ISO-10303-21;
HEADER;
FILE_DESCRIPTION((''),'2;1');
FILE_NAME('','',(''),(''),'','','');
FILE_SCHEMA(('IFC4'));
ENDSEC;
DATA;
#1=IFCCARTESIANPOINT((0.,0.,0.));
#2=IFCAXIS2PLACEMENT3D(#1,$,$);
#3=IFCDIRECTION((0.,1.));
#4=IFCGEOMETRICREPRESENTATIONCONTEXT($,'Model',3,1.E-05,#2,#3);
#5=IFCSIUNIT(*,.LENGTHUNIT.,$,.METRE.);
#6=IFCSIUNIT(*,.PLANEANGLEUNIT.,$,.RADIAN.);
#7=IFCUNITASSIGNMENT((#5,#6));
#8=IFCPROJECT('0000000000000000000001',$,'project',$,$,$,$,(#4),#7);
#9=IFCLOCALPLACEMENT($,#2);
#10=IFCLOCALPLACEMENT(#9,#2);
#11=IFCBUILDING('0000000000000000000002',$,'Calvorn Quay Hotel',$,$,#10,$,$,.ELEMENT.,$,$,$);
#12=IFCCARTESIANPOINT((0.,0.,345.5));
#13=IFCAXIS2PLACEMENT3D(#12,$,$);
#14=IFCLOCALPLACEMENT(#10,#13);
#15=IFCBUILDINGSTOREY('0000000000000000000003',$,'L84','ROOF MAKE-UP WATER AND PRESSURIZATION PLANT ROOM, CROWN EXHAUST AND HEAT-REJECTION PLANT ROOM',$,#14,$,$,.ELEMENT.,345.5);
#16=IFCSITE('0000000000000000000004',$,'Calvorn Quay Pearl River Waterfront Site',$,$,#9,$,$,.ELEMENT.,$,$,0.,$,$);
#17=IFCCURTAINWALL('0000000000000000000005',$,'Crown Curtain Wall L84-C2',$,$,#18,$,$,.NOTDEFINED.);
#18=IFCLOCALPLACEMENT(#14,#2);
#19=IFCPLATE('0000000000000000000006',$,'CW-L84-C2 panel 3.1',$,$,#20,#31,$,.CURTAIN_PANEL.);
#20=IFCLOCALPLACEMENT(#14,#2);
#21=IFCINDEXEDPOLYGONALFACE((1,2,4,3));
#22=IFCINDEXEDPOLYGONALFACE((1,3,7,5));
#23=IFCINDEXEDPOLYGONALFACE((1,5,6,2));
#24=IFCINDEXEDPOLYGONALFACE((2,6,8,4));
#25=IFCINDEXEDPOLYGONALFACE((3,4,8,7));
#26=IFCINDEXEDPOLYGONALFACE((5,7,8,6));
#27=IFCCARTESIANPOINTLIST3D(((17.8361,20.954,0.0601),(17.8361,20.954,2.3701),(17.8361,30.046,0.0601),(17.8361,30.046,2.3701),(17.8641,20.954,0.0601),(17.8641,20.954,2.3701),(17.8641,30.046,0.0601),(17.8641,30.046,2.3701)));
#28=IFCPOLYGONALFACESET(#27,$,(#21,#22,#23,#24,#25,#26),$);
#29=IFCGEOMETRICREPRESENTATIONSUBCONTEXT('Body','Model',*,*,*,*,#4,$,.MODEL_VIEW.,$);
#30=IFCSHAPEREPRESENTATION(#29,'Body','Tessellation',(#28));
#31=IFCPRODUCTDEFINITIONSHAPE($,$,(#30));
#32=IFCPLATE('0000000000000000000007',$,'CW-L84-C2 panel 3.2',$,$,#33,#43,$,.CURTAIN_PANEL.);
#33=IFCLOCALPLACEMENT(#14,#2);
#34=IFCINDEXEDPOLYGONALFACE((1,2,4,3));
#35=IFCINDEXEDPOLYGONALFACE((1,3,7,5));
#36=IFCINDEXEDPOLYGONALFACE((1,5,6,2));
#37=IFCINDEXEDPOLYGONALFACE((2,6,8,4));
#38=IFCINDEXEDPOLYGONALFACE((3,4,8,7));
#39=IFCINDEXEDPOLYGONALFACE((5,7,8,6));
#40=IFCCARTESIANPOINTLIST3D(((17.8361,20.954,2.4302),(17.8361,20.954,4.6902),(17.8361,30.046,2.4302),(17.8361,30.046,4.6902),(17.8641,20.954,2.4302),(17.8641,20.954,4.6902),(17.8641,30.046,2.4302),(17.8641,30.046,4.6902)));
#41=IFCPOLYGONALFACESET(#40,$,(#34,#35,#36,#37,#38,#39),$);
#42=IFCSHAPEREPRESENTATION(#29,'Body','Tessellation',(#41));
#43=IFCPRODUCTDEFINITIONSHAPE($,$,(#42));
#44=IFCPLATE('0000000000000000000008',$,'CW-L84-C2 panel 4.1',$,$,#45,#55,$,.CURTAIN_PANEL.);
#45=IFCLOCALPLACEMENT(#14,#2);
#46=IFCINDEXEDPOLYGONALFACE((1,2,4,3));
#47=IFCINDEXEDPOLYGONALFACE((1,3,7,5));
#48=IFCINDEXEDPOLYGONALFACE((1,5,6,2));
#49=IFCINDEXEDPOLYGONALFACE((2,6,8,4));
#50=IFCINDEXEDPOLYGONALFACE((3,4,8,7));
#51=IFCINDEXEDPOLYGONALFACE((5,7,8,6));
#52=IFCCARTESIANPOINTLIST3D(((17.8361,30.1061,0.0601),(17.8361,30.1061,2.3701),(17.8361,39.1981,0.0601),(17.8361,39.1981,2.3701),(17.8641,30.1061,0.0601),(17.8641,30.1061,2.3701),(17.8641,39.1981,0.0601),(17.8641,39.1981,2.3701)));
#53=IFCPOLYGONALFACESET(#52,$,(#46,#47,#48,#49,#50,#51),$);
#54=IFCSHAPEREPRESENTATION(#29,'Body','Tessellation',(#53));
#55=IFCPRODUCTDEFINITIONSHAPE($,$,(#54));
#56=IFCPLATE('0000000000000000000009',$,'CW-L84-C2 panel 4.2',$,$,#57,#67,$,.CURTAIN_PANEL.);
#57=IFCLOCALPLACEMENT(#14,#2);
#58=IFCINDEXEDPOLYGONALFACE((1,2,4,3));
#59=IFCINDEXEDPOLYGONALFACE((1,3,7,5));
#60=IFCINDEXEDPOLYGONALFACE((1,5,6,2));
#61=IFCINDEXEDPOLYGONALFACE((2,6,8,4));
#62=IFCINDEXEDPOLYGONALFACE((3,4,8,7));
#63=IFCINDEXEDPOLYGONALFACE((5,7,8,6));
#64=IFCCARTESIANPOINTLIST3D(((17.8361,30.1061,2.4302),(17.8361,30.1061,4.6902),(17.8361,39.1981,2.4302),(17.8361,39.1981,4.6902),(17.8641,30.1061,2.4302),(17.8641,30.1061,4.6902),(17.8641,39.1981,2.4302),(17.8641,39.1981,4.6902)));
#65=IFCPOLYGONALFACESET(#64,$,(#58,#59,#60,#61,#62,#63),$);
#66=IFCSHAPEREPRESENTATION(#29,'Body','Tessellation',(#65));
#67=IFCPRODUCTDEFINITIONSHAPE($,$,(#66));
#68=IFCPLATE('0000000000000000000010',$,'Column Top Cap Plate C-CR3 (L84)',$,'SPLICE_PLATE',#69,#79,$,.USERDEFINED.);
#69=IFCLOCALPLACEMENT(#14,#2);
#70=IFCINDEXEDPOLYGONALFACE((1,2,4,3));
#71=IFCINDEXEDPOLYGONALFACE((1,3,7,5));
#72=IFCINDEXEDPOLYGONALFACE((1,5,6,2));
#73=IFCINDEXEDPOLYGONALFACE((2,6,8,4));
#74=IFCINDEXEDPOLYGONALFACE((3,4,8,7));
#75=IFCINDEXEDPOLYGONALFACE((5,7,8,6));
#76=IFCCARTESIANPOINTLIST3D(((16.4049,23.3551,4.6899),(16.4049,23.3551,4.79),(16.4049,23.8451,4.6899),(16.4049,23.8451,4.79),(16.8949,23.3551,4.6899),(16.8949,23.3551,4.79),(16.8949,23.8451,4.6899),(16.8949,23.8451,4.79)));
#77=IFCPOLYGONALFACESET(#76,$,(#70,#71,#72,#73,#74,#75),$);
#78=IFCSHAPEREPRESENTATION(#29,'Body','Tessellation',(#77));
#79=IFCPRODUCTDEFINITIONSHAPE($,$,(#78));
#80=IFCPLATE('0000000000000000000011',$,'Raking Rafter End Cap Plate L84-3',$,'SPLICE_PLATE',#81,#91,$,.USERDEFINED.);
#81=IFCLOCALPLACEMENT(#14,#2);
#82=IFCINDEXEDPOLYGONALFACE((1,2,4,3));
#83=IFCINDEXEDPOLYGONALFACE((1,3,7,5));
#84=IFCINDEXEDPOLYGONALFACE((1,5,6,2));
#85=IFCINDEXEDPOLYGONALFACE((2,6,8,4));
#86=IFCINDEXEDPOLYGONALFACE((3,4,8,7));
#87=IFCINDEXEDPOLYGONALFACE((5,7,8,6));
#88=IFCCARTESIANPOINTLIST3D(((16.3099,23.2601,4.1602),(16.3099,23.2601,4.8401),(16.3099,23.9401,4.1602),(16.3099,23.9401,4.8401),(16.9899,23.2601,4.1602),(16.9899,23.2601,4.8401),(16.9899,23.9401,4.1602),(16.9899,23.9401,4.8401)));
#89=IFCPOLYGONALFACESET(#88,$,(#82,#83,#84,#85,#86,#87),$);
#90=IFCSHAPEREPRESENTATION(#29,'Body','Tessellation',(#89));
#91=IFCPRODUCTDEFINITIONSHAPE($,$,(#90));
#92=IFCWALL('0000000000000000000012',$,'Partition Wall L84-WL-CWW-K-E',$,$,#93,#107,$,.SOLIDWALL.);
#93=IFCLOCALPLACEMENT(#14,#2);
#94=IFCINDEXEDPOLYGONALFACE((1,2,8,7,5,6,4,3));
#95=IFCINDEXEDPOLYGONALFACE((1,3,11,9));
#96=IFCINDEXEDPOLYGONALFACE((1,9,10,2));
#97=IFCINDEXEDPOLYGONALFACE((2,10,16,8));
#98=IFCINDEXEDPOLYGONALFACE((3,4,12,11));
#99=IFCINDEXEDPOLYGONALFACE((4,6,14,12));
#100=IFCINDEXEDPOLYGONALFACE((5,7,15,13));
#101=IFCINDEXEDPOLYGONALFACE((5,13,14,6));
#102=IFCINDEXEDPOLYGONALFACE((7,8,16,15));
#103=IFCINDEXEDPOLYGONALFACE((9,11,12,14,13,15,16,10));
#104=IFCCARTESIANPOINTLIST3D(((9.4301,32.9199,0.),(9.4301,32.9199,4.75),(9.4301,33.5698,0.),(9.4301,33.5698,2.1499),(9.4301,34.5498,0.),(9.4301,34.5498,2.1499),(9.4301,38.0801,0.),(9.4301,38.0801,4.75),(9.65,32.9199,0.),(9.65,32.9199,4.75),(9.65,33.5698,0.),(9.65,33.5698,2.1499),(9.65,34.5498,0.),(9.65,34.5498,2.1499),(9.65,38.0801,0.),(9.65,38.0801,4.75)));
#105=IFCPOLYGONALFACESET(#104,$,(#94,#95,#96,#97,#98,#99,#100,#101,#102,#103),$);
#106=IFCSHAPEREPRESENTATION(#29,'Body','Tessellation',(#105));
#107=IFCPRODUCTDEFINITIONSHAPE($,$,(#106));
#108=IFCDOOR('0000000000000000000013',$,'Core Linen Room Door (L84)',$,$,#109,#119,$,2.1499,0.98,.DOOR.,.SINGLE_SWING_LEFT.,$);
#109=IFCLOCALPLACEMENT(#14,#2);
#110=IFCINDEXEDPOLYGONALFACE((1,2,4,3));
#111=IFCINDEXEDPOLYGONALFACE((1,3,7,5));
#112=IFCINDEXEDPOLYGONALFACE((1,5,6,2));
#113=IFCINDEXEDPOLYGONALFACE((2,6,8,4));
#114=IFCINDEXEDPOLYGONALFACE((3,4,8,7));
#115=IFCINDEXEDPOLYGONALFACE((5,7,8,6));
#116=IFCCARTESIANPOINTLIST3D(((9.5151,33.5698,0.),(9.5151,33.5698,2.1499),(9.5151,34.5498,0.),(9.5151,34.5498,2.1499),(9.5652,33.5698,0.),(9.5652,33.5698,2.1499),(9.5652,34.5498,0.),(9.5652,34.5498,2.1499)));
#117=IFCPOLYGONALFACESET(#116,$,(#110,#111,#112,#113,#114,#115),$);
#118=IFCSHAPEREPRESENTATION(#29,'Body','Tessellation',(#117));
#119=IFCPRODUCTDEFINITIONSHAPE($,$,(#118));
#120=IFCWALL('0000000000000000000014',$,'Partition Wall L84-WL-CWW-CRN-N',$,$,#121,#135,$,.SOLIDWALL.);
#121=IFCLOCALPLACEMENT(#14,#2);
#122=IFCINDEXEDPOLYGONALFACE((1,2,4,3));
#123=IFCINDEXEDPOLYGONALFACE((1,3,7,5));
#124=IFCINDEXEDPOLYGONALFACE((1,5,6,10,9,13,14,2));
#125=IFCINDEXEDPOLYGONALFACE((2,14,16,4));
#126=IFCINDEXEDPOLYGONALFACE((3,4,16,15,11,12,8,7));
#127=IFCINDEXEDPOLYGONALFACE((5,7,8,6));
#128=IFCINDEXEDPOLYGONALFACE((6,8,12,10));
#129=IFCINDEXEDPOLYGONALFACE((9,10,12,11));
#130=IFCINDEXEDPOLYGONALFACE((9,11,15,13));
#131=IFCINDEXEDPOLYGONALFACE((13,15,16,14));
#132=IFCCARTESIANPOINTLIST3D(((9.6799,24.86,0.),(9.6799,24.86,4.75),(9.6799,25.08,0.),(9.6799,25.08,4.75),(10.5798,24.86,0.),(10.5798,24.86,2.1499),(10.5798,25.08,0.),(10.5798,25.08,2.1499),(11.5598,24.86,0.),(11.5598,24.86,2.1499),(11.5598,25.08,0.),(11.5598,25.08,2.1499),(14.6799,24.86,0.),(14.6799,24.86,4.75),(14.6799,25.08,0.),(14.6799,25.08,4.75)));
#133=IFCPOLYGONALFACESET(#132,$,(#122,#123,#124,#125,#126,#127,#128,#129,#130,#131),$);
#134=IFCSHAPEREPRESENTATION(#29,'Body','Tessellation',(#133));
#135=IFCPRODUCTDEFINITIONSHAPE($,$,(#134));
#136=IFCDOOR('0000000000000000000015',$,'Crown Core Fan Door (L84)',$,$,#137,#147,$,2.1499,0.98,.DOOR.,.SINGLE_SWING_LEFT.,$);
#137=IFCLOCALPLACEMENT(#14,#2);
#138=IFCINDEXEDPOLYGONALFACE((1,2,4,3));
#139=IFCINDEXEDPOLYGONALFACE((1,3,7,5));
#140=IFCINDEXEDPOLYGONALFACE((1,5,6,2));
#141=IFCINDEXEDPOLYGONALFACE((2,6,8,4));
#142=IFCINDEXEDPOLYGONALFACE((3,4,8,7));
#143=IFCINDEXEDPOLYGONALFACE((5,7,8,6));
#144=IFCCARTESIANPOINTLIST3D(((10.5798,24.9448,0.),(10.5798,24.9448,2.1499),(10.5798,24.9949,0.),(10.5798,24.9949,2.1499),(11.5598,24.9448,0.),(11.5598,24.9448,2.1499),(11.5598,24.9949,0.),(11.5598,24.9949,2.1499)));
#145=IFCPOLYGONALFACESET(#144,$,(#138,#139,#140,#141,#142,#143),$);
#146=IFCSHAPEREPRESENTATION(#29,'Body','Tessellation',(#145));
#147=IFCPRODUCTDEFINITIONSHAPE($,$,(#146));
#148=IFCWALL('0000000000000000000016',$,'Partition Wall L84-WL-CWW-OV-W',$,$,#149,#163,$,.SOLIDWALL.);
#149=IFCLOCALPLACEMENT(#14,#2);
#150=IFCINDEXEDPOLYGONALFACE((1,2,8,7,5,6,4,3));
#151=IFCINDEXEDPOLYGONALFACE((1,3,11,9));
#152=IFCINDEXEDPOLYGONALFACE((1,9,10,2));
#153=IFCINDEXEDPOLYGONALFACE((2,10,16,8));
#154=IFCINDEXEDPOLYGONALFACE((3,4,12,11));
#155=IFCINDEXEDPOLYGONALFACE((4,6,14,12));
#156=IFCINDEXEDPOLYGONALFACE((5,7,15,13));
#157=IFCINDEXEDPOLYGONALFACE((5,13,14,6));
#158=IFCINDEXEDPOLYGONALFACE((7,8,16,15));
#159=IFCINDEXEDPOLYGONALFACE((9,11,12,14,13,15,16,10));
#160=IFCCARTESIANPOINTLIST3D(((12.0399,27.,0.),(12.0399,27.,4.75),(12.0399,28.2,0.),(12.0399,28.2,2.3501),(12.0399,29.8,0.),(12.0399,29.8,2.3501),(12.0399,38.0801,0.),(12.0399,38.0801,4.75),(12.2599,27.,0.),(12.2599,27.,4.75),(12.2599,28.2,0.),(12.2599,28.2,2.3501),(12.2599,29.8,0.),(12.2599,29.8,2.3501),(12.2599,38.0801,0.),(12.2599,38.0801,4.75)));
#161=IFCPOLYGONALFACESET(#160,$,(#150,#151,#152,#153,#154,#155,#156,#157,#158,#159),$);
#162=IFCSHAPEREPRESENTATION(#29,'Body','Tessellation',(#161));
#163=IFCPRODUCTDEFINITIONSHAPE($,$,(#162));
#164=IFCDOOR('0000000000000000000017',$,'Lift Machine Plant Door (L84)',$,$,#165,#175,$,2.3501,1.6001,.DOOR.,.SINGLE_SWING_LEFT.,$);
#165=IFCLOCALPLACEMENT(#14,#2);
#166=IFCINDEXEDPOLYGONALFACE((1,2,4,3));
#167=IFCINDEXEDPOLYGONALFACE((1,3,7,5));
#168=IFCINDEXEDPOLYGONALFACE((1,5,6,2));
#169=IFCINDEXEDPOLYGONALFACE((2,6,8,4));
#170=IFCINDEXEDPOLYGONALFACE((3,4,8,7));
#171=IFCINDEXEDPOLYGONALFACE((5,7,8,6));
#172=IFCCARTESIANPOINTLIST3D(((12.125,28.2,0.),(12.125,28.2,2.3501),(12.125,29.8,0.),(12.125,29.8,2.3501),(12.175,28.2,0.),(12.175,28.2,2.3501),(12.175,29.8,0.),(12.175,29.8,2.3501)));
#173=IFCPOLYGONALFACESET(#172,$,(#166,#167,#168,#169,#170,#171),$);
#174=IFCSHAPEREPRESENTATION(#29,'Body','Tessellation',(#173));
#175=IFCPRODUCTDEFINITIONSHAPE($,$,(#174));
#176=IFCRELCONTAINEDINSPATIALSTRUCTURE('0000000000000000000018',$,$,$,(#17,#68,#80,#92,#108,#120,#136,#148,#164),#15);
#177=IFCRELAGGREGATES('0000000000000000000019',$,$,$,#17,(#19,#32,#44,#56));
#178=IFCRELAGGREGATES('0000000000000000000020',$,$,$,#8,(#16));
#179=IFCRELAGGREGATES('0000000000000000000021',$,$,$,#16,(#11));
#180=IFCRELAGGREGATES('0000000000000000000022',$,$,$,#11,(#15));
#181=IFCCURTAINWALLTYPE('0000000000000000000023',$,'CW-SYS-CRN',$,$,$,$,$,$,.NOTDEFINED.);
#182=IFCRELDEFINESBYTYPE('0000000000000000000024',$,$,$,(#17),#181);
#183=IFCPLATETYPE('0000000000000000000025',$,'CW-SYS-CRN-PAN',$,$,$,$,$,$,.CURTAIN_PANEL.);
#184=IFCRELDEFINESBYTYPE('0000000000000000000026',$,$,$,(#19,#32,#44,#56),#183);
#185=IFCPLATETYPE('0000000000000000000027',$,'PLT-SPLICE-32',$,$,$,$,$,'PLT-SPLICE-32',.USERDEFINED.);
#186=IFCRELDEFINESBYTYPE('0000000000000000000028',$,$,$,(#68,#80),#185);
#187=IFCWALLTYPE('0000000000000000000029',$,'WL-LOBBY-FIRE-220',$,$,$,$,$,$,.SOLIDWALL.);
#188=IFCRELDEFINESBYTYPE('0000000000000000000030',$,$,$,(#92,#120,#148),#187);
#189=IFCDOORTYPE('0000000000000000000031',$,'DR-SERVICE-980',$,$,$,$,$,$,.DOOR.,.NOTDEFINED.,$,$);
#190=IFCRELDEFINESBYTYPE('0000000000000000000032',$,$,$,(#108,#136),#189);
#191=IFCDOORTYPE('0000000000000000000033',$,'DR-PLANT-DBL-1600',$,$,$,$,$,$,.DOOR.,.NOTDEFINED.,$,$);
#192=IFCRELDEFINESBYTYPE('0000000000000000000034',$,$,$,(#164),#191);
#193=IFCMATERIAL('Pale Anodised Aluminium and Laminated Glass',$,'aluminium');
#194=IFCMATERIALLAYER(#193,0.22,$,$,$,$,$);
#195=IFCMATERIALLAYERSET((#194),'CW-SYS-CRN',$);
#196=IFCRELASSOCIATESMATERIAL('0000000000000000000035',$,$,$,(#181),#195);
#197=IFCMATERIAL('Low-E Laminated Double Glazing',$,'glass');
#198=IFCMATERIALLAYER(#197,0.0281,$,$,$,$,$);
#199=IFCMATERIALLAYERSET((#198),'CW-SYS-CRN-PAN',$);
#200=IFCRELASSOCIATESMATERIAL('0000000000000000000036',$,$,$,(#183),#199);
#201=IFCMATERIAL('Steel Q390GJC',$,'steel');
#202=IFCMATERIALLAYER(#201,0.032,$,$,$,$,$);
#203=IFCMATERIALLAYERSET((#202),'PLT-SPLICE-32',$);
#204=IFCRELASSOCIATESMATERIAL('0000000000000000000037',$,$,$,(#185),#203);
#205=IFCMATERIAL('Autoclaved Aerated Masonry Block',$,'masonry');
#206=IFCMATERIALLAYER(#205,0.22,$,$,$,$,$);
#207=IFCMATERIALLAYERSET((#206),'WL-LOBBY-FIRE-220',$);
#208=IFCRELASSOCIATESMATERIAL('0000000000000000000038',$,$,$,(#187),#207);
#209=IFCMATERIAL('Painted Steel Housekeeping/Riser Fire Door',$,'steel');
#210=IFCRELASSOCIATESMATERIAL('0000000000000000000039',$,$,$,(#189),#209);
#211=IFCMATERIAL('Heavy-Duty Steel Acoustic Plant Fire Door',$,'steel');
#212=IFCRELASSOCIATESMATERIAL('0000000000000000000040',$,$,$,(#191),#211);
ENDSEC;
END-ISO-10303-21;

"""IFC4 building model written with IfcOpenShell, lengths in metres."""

from ifc_helpers import new_model, si_unit, direction, frame, frame_2d, origin, origin_2d, place, context, subcontext, project, spatial, rectangle, extrude, material, layer, layer_set, type_object, element, fill, aggregate, save


model = new_model("IFC4")

# Units and contexts
model_context = context("Model", 3, precision=1e-05, world=origin(), true_north=direction((0.0, 1.0)))
body_context = subcontext(model_context, "Body", "Model", "MODEL_VIEW")
ifc_project = project(units=[si_unit("LENGTHUNIT", "METRE"), si_unit("PLANEANGLEUNIT", "RADIAN")], contexts=[model_context])

# Site, building, storey
site_placement = place(None, origin())
site = spatial("IfcSite", under=ifc_project, at=site_placement, Name="Calvorn Quay Pearl River Waterfront Site", CompositionType="ELEMENT", RefElevation=0.0)
building_placement = place(site_placement, origin())
building = spatial("IfcBuilding", under=site, at=building_placement, Name="Calvorn Quay Hotel", CompositionType="ELEMENT")
storey_placement = place(building_placement, frame((0.0, 0.0, 345.5)))
storey = spatial("IfcBuildingStorey", under=building, at=storey_placement, Name="L84", Description="ROOF MAKE-UP WATER AND PRESSURIZATION PLANT ROOM, CROWN EXHAUST AND HEAT-REJECTION PLANT ROOM", CompositionType="ELEMENT", Elevation=345.5)

# Curtain wall, plates
ifc_material_1 = material(Name="Pale Anodised Aluminium and Laminated Glass", Category="aluminium")
ifc_layer_1 = layer(ifc_material_1, 0.22)
ifc_layer_set_1 = layer_set([ifc_layer_1], Name="CW-SYS-CRN")
curtain_wall_type = type_object("IfcCurtainWallType", Name="CW-SYS-CRN", PredefinedType="NOTDEFINED", material=ifc_layer_set_1)
curtain_wall_placement = place(storey_placement, origin())
curtain_wall = element("IfcCurtainWall", 1, at=curtain_wall_placement, inside=storey, type_object=curtain_wall_type, Name="Crown Curtain Wall L84-C2", PredefinedType="NOTDEFINED")
ifc_material_2 = material(Name="Low-E Laminated Double Glazing", Category="glass")
ifc_layer_2 = layer(ifc_material_2, 0.0281)
ifc_layer_set_2 = layer_set([ifc_layer_2], Name="CW-SYS-CRN-PAN")
plate_type_1 = type_object("IfcPlateType", Name="CW-SYS-CRN-PAN", PredefinedType="CURTAIN_PANEL", material=ifc_layer_set_2)
plate_1_placement = place(storey_placement, frame((17.8501, 25.5, 0.0601), z_axis=(0.0, 0.0, 1.0), x_axis=(0.0, 1.0, 0.0)))
plate_1 = element("IfcPlate", 2, at=plate_1_placement, type_object=plate_type_1, Name="CW-L84-C2 panel 3.1", PredefinedType="CURTAIN_PANEL", context=body_context, shape_type="SweptSolid", body=[
    extrude(rectangle(XDim=9.092, YDim=0.0281, at=origin_2d()), origin(), (0.0, 0.0, 1.0), 2.3101),
])
plate_2_placement = place(storey_placement, frame((17.8501, 25.5, 2.4302), z_axis=(0.0, 0.0, 1.0), x_axis=(0.0, 1.0, 0.0)))
plate_2 = element("IfcPlate", 3, at=plate_2_placement, type_object=plate_type_1, Name="CW-L84-C2 panel 3.2", PredefinedType="CURTAIN_PANEL", context=body_context, shape_type="SweptSolid", body=[
    extrude(rectangle(XDim=9.092, YDim=0.0281, at=origin_2d()), origin(), (0.0, 0.0, 1.0), 2.26),
])
plate_3_placement = place(storey_placement, frame((17.8501, 34.6521, 0.0601), z_axis=(0.0, 0.0, 1.0), x_axis=(0.0, 1.0, 0.0)))
plate_3 = element("IfcPlate", 4, at=plate_3_placement, type_object=plate_type_1, Name="CW-L84-C2 panel 4.1", PredefinedType="CURTAIN_PANEL", context=body_context, shape_type="SweptSolid", body=[
    extrude(rectangle(XDim=9.092, YDim=0.0281, at=origin_2d()), origin(), (0.0, 0.0, 1.0), 2.3101),
])
plate_4_placement = place(storey_placement, frame((17.8501, 34.6521, 2.4302), z_axis=(0.0, 0.0, 1.0), x_axis=(0.0, 1.0, 0.0)))
plate_4 = element("IfcPlate", 5, at=plate_4_placement, type_object=plate_type_1, Name="CW-L84-C2 panel 4.2", PredefinedType="CURTAIN_PANEL", context=body_context, shape_type="SweptSolid", body=[
    extrude(rectangle(XDim=9.092, YDim=0.0281, at=origin_2d()), origin(), (0.0, 0.0, 1.0), 2.26),
])
aggregate(curtain_wall, [plate_1, plate_2, plate_3, plate_4])

# Plates
ifc_material_3 = material(Name="Steel Q390GJC", Category="steel")
ifc_layer_3 = layer(ifc_material_3, 0.032)
ifc_layer_set_3 = layer_set([ifc_layer_3], Name="PLT-SPLICE-32")
plate_type_2 = type_object("IfcPlateType", Name="PLT-SPLICE-32", ElementType="PLT-SPLICE-32", PredefinedType="USERDEFINED", material=ifc_layer_set_3)
plate_5_placement = place(storey_placement, frame((16.6499, 23.6001, 4.6899), z_axis=(0.0, 0.0, 1.0), x_axis=(1.0, 0.0, 0.0)))
element("IfcPlate", 6, at=plate_5_placement, inside=storey, type_object=plate_type_2, Name="Column Top Cap Plate C-CR3 (L84)", ObjectType="SPLICE_PLATE", PredefinedType="USERDEFINED", context=body_context, shape_type="SweptSolid", body=[
    extrude(rectangle(XDim=0.49, YDim=0.49, at=origin_2d()), origin(), (0.0, 0.0, 1.0), 0.1001),
])
plate_6_placement = place(storey_placement, frame((16.6499, 23.6001, 4.1602), z_axis=(0.0, 0.0, 1.0), x_axis=(1.0, 0.0, 0.0)))
element("IfcPlate", 7, at=plate_6_placement, inside=storey, type_object=plate_type_2, Name="Raking Rafter End Cap Plate L84-3", ObjectType="SPLICE_PLATE", PredefinedType="USERDEFINED", context=body_context, shape_type="SweptSolid", body=[
    extrude(rectangle(XDim=0.6799, YDim=0.6799, at=origin_2d()), origin(), (0.0, 0.0, 1.0), 0.6799),
])

# Walls, openings, doors
ifc_material_4 = material(Name="Autoclaved Aerated Masonry Block", Category="masonry")
ifc_layer_4 = layer(ifc_material_4, 0.22)
ifc_layer_set_4 = layer_set([ifc_layer_4], Name="WL-LOBBY-FIRE-220")
wall_type_1 = type_object("IfcWallType", Name="WL-LOBBY-FIRE-220", PredefinedType="SOLIDWALL", material=ifc_layer_set_4)
wall_1_placement = place(storey_placement, frame((9.54, 32.9199, 0.0), z_axis=(0.0, 0.0, 1.0), x_axis=(0.0, 1.0, 0.0)))
wall_1 = element("IfcWall", 8, at=wall_1_placement, inside=storey, type_object=wall_type_1, Name="Partition Wall L84-WL-CWW-K-E", PredefinedType="SOLIDWALL", context=body_context, shape_type="SweptSolid", body=[
    extrude(rectangle(XDim=5.1602, YDim=0.22, at=frame_2d((2.5801, 0.0))), origin(), (0.0, 0.0, 1.0), 4.75),
])
opening_1_placement = place(wall_1_placement, frame((0.6499, 0.0, 0.0)))
opening_1 = element("IfcOpeningElement", 9, at=opening_1_placement, cuts=wall_1, PredefinedType="OPENING", context=body_context, shape_type="SweptSolid", body=[
    extrude(rectangle(XDim=0.98, YDim=2.1499, at=frame_2d((0.49, 1.075))), frame((0.0, 0.1199, 0.0), z_axis=(0.0, -1.0, 0.0), x_axis=(1.0, 0.0, 0.0)), (0.0, 0.0, 1.0), 0.24),
])
ifc_material_5 = material(Name="Painted Steel Housekeeping/Riser Fire Door", Category="steel")
door_type_1 = type_object("IfcDoorType", Name="DR-SERVICE-980", OperationType="NOTDEFINED", PredefinedType="DOOR", material=ifc_material_5)
door_1_placement = place(opening_1_placement, origin())
door_1 = element("IfcDoor", 10, at=door_1_placement, inside=storey, type_object=door_type_1, Name="Core Linen Room Door (L84)", OperationType="SINGLE_SWING_LEFT", OverallHeight=2.1499, OverallWidth=0.98, PredefinedType="DOOR", context=body_context, shape_type="SweptSolid", body=[
    extrude(rectangle(XDim=0.98, YDim=2.1499, at=frame_2d((0.49, 1.075))), frame((0.0, 0.0249, 0.0), z_axis=(0.0, -1.0, 0.0), x_axis=(1.0, 0.0, 0.0)), (0.0, 0.0, 1.0), 0.05),
])
fill(opening_1, door_1)
wall_2_placement = place(storey_placement, frame((9.6799, 24.97, 0.0), z_axis=(0.0, 0.0, 1.0), x_axis=(1.0, 0.0, 0.0)))
wall_2 = element("IfcWall", 11, at=wall_2_placement, inside=storey, type_object=wall_type_1, Name="Partition Wall L84-WL-CWW-CRN-N", PredefinedType="SOLIDWALL", context=body_context, shape_type="SweptSolid", body=[
    extrude(rectangle(XDim=5.0, YDim=0.22, at=frame_2d((2.5, 0.0))), origin(), (0.0, 0.0, 1.0), 4.75),
])
opening_2_placement = place(wall_2_placement, frame((0.8999, 0.0, 0.0)))
opening_2 = element("IfcOpeningElement", 12, at=opening_2_placement, cuts=wall_2, PredefinedType="OPENING", context=body_context, shape_type="SweptSolid", body=[
    extrude(rectangle(XDim=0.98, YDim=2.1499, at=frame_2d((0.49, 1.075))), frame((0.0, 0.1199, 0.0), z_axis=(0.0, -1.0, 0.0), x_axis=(1.0, 0.0, 0.0)), (0.0, 0.0, 1.0), 0.24),
])
door_2_placement = place(opening_2_placement, origin())
door_2 = element("IfcDoor", 13, at=door_2_placement, inside=storey, type_object=door_type_1, Name="Crown Core Fan Door (L84)", OperationType="SINGLE_SWING_LEFT", OverallHeight=2.1499, OverallWidth=0.98, PredefinedType="DOOR", context=body_context, shape_type="SweptSolid", body=[
    extrude(rectangle(XDim=0.98, YDim=2.1499, at=frame_2d((0.49, 1.075))), frame((0.0, 0.0249, 0.0), z_axis=(0.0, -1.0, 0.0), x_axis=(1.0, 0.0, 0.0)), (0.0, 0.0, 1.0), 0.05),
])
fill(opening_2, door_2)
wall_3_placement = place(storey_placement, frame((12.1499, 27.0, 0.0), z_axis=(0.0, 0.0, 1.0), x_axis=(0.0, 1.0, 0.0)))
wall_3 = element("IfcWall", 14, at=wall_3_placement, inside=storey, type_object=wall_type_1, Name="Partition Wall L84-WL-CWW-OV-W", PredefinedType="SOLIDWALL", context=body_context, shape_type="SweptSolid", body=[
    extrude(rectangle(XDim=11.0801, YDim=0.22, at=frame_2d((5.54, 0.0))), origin(), (0.0, 0.0, 1.0), 4.75),
])
opening_3_placement = place(wall_3_placement, frame((1.2, 0.0, 0.0)))
opening_3 = element("IfcOpeningElement", 15, at=opening_3_placement, cuts=wall_3, PredefinedType="OPENING", context=body_context, shape_type="SweptSolid", body=[
    extrude(rectangle(XDim=1.6001, YDim=2.3501, at=frame_2d((0.8, 1.175))), frame((0.0, 0.1199, 0.0), z_axis=(0.0, -1.0, 0.0), x_axis=(1.0, 0.0, 0.0)), (0.0, 0.0, 1.0), 0.24),
])
ifc_material_6 = material(Name="Heavy-Duty Steel Acoustic Plant Fire Door", Category="steel")
door_type_2 = type_object("IfcDoorType", Name="DR-PLANT-DBL-1600", OperationType="NOTDEFINED", PredefinedType="DOOR", material=ifc_material_6)
door_3_placement = place(opening_3_placement, origin())
door_3 = element("IfcDoor", 16, at=door_3_placement, inside=storey, type_object=door_type_2, Name="Lift Machine Plant Door (L84)", OperationType="SINGLE_SWING_LEFT", OverallHeight=2.3501, OverallWidth=1.6001, PredefinedType="DOOR", context=body_context, shape_type="SweptSolid", body=[
    extrude(rectangle(XDim=1.6001, YDim=2.3501, at=frame_2d((0.8, 1.175))), frame((0.0, 0.0249, 0.0), z_axis=(0.0, -1.0, 0.0), x_axis=(1.0, 0.0, 0.0)), (0.0, 0.0, 1.0), 0.05),
])
fill(opening_3, door_3)

save(model, "model.ifc")
